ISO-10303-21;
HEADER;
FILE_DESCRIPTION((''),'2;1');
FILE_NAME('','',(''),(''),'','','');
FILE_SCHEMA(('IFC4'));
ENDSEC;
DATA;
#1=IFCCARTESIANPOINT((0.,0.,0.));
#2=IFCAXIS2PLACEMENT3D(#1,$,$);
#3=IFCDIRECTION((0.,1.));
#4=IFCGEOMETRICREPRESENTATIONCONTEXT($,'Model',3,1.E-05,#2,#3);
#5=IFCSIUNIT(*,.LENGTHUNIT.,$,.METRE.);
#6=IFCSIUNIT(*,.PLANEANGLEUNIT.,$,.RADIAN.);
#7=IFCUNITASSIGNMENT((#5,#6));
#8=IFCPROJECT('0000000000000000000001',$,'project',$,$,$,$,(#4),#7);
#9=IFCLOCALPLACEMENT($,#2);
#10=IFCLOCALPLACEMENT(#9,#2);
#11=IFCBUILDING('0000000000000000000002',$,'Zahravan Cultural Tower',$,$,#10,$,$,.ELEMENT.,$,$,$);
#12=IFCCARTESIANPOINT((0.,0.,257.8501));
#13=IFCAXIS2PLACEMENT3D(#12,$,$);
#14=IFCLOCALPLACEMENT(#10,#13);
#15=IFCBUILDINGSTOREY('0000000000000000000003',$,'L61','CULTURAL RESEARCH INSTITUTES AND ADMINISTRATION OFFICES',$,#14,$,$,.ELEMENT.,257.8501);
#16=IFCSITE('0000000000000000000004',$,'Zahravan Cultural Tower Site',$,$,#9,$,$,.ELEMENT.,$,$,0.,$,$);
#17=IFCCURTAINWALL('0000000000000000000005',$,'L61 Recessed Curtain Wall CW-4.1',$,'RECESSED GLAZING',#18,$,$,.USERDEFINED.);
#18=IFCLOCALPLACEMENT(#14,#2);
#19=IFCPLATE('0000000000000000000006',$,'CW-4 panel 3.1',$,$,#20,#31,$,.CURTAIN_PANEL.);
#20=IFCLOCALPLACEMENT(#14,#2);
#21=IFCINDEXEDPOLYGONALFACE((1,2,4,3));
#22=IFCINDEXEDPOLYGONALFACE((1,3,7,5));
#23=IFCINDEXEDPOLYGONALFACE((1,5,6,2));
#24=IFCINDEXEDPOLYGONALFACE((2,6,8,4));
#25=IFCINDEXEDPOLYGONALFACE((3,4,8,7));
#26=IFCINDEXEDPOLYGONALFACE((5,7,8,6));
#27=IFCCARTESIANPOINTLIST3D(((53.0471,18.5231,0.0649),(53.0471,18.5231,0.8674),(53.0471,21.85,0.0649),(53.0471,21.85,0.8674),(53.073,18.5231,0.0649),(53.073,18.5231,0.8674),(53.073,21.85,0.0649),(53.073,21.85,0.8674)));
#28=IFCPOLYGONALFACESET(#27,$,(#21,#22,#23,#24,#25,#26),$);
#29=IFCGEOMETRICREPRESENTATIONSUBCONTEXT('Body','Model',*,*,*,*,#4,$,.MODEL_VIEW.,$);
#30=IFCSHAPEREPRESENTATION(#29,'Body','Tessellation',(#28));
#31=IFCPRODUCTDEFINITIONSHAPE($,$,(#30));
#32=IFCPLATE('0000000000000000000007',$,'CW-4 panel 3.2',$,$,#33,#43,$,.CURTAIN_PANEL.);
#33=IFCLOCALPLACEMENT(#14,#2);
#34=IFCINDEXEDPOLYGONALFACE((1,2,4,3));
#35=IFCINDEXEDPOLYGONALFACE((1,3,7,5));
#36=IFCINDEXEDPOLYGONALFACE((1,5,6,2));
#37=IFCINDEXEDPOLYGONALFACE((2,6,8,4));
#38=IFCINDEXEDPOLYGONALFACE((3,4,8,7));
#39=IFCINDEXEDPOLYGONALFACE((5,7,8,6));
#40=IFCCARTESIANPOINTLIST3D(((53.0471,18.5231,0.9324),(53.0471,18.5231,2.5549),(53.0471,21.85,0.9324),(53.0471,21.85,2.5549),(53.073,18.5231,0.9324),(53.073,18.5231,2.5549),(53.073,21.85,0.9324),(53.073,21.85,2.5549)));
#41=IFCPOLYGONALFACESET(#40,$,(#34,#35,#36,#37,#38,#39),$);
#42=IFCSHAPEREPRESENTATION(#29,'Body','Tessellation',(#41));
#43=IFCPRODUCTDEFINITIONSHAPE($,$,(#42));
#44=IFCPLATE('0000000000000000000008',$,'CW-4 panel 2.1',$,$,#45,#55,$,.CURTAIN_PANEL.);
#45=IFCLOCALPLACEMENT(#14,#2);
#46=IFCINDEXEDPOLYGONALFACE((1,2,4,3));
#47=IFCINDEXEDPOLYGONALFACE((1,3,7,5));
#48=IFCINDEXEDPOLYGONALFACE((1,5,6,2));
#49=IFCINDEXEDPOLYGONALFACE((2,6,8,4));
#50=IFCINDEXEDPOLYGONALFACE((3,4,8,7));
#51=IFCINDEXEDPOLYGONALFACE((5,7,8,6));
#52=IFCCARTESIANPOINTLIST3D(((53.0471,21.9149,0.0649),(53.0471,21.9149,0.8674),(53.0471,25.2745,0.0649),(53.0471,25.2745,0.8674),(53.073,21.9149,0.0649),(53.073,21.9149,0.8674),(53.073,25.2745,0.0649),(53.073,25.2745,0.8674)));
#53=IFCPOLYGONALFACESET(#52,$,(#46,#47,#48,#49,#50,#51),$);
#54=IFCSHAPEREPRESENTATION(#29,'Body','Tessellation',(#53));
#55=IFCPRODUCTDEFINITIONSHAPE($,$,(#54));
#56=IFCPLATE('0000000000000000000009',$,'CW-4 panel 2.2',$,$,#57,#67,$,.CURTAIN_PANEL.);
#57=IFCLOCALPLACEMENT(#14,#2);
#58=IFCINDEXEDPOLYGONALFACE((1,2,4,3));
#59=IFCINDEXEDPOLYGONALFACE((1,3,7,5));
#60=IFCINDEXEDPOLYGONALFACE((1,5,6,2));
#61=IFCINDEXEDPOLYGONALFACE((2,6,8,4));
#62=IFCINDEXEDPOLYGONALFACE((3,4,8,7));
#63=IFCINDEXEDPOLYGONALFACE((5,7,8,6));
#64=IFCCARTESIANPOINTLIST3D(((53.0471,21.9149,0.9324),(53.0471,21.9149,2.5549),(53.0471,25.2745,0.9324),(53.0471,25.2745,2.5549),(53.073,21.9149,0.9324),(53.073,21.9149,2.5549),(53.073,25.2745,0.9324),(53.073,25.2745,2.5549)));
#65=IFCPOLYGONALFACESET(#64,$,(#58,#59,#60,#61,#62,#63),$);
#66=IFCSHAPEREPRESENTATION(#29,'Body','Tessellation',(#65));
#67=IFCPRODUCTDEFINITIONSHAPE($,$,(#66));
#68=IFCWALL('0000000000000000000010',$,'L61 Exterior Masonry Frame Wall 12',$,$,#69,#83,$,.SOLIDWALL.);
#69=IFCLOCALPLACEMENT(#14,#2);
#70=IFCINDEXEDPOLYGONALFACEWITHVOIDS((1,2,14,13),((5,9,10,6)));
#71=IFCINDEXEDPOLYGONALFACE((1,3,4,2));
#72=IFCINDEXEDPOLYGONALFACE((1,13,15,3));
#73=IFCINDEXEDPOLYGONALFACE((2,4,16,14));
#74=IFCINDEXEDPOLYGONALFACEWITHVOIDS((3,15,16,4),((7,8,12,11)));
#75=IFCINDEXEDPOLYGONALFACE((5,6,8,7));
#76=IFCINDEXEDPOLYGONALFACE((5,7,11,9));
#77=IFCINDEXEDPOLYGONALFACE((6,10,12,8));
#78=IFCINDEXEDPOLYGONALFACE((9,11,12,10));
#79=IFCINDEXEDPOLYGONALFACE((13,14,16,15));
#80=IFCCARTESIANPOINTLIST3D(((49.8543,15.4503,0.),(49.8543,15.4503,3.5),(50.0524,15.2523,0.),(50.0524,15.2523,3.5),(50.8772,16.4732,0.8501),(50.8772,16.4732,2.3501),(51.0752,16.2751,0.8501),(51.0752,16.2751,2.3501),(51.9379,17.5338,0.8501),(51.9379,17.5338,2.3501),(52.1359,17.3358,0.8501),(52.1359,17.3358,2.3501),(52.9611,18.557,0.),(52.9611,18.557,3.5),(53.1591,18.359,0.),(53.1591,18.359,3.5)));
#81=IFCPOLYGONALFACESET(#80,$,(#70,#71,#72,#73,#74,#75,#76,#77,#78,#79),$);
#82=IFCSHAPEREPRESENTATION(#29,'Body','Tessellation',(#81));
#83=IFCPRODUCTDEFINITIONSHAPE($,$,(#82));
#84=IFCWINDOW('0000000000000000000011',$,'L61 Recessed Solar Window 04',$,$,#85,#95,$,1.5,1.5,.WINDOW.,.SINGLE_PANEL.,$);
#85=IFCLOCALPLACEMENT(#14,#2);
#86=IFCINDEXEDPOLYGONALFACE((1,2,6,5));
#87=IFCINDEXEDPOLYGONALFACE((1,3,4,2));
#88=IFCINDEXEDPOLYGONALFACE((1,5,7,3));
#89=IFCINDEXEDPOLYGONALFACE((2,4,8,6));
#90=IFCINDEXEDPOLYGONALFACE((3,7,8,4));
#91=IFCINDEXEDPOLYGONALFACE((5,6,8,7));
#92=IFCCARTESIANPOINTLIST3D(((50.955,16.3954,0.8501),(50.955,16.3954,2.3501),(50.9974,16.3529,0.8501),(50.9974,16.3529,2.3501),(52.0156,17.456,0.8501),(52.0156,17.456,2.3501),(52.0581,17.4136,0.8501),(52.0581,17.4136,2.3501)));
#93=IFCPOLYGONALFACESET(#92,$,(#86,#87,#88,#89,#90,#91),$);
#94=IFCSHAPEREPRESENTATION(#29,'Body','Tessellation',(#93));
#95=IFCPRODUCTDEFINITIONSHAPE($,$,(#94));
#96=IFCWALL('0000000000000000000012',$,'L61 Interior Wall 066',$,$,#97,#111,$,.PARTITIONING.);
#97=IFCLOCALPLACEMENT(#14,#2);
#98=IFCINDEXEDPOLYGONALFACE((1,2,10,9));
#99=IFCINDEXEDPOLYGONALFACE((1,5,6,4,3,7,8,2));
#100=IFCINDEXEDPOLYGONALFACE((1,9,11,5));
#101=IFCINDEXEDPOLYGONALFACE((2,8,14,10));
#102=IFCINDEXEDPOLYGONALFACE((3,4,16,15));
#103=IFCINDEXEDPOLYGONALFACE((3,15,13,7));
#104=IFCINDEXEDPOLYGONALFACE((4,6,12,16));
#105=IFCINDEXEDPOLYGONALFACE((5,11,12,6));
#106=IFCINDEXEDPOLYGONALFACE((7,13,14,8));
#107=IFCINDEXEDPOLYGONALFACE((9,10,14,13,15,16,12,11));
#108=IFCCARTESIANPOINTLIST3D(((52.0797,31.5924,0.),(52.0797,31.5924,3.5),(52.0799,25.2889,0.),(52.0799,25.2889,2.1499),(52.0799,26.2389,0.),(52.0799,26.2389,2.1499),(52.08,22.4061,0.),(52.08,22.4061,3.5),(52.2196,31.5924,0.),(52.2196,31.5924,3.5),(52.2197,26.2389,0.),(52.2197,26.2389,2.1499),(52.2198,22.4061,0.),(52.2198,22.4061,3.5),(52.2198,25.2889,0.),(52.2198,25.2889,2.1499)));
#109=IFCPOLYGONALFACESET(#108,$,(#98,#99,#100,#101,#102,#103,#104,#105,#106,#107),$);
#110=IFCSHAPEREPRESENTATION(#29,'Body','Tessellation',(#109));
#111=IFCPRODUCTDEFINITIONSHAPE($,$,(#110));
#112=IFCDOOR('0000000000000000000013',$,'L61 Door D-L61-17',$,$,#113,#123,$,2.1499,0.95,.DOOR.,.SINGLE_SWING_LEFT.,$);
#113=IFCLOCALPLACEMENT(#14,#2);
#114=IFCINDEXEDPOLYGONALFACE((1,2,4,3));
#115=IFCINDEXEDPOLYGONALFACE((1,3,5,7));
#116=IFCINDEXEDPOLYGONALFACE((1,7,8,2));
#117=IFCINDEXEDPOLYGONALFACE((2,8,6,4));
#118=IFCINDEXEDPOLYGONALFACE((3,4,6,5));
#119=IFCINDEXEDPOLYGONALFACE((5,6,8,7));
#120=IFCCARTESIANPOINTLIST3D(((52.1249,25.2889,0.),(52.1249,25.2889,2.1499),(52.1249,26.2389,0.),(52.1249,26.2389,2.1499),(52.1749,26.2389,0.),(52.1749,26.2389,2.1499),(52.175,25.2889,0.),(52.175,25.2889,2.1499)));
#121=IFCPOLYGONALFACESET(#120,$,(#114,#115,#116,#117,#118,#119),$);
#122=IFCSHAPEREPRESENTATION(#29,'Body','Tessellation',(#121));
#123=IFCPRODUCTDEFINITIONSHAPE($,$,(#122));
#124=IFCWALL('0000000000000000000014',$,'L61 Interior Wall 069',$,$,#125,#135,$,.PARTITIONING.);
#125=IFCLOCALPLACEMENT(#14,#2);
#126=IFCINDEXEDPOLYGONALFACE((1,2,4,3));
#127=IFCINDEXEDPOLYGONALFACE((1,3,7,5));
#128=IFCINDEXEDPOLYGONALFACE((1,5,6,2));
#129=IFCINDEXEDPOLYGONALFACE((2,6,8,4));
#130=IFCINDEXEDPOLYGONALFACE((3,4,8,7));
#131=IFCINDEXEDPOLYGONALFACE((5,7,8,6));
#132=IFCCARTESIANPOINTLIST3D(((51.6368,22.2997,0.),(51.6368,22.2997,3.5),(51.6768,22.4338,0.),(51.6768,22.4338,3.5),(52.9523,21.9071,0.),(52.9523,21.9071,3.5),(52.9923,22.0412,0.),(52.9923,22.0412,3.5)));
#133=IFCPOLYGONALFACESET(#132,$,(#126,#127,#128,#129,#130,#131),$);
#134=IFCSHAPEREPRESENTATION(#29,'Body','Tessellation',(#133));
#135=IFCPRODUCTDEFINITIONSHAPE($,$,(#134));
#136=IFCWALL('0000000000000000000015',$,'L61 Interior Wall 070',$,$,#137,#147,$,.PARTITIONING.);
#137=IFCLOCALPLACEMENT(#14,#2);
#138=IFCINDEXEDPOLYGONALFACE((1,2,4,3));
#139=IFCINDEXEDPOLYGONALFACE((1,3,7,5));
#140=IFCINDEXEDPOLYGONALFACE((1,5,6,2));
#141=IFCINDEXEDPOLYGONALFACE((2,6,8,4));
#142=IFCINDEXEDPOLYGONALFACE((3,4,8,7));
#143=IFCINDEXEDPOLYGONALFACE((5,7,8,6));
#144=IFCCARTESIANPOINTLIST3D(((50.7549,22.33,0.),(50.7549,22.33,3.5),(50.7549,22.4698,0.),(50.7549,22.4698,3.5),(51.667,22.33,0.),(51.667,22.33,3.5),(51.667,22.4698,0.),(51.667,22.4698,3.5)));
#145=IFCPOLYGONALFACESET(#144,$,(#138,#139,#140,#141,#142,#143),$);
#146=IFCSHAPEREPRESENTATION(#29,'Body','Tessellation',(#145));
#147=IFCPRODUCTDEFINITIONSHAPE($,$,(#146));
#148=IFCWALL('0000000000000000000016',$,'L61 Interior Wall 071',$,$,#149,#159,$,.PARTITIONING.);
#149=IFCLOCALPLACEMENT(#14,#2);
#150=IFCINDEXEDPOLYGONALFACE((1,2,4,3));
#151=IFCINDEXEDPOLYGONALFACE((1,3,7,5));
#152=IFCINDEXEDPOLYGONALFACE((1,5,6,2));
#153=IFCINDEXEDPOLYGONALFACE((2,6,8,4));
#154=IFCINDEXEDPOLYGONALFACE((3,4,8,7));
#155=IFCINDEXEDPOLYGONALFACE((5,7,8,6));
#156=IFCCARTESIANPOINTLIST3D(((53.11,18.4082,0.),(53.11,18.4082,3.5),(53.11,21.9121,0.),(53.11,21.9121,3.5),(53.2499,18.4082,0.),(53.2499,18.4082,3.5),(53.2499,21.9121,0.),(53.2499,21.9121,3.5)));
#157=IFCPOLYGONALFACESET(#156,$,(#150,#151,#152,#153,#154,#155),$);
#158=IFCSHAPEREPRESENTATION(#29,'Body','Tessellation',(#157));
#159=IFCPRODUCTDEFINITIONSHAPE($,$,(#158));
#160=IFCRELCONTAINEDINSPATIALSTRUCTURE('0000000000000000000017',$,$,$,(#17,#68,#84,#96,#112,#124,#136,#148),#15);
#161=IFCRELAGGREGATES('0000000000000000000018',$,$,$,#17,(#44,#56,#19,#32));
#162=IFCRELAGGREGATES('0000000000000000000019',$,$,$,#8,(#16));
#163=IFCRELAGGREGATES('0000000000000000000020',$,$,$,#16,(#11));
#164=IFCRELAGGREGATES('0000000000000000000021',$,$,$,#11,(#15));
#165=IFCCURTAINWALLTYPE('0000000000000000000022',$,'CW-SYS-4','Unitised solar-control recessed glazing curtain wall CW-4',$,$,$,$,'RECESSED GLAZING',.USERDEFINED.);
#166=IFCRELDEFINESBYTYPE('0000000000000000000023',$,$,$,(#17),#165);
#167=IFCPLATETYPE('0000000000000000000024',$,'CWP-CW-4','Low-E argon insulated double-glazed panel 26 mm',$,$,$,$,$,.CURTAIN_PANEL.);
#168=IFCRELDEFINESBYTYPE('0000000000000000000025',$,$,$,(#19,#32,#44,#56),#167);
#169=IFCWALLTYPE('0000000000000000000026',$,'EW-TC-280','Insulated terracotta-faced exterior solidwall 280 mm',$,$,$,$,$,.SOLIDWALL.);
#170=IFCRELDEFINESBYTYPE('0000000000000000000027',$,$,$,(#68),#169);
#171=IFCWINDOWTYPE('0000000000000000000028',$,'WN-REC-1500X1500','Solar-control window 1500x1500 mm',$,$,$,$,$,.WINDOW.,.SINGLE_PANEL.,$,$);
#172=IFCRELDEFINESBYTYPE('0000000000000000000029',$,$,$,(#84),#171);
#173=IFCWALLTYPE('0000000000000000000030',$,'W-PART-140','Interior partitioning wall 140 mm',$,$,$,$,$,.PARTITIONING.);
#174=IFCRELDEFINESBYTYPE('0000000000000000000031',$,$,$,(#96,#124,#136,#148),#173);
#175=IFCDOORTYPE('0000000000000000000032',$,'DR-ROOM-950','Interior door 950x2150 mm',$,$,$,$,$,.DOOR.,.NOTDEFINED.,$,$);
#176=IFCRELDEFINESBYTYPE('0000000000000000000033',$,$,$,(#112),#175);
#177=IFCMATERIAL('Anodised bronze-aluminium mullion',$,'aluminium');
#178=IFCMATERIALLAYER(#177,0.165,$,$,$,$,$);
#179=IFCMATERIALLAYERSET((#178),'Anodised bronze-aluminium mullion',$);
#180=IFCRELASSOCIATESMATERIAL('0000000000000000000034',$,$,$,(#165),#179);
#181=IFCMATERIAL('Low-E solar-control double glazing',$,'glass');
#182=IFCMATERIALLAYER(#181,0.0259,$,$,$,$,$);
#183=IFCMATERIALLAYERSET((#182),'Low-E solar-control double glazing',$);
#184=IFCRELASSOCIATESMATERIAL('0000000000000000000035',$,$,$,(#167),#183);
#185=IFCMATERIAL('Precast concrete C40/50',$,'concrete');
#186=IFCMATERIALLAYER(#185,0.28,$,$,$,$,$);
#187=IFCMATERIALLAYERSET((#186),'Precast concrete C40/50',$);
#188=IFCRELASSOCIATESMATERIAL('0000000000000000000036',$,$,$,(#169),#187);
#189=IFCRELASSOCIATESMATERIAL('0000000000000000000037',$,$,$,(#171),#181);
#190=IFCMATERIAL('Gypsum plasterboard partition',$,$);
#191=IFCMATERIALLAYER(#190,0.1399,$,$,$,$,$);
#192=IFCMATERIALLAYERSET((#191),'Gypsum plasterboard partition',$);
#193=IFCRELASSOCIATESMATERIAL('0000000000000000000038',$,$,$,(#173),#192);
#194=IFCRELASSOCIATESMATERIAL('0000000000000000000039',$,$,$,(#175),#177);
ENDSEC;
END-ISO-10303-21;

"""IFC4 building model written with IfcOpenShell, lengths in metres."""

from ifc_helpers import new_model, si_unit, direction, frame, frame_2d, origin, origin_2d, place, context, subcontext, project, spatial, rectangle, extrude, source, transform, mapped, material, layer, layer_set, type_object, element, fill, aggregate, save


model = new_model("IFC4")

# Units and contexts
model_context = context("Model", 3, precision=1e-05, world=origin(), true_north=direction((0.0, 1.0)))
body_context = subcontext(model_context, "Body", "Model", "MODEL_VIEW")
ifc_project = project(units=[si_unit("LENGTHUNIT", "METRE"), si_unit("PLANEANGLEUNIT", "RADIAN")], contexts=[model_context])

# Site, building, storey
site_placement = place(None, origin())
site = spatial("IfcSite", under=ifc_project, at=site_placement, Name="Zahravan Cultural Tower Site", CompositionType="ELEMENT", RefElevation=0.0)
building_placement = place(site_placement, origin())
building = spatial("IfcBuilding", under=site, at=building_placement, Name="Zahravan Cultural Tower", CompositionType="ELEMENT")
storey_placement = place(building_placement, frame((0.0, 0.0, 257.8501)))
storey = spatial("IfcBuildingStorey", under=building, at=storey_placement, Name="L61", Description="CULTURAL RESEARCH INSTITUTES AND ADMINISTRATION OFFICES", CompositionType="ELEMENT", Elevation=257.8501)

# Curtain wall, plates
ifc_material_1 = material(Name="Anodised bronze-aluminium mullion", Category="aluminium")
ifc_layer_1 = layer(ifc_material_1, 0.165)
ifc_layer_set_1 = layer_set([ifc_layer_1], Name="Anodised bronze-aluminium mullion")
curtain_wall_type = type_object("IfcCurtainWallType", Name="CW-SYS-4", Description="Unitised solar-control recessed glazing curtain wall CW-4", ElementType="RECESSED GLAZING", PredefinedType="USERDEFINED", material=ifc_layer_set_1)
curtain_wall_placement = place(storey_placement, origin())
curtain_wall = element("IfcCurtainWall", 1, at=curtain_wall_placement, inside=storey, type_object=curtain_wall_type, Name="L61 Recessed Curtain Wall CW-4.1", ObjectType="RECESSED GLAZING", PredefinedType="USERDEFINED")
ifc_material_2 = material(Name="Low-E solar-control double glazing", Category="glass")
ifc_layer_2 = layer(ifc_material_2, 0.0259)
ifc_layer_set_2 = layer_set([ifc_layer_2], Name="Low-E solar-control double glazing")
plate_type = type_object("IfcPlateType", Name="CWP-CW-4", Description="Low-E argon insulated double-glazed panel 26 mm", PredefinedType="CURTAIN_PANEL", material=ifc_layer_set_2)
shared_shape_1 = source(origin(), body_context, "Body", "SweptSolid", [
    extrude(rectangle(XDim=3.3269, YDim=0.0259, at=origin_2d()), origin(), (0.0, 0.0, 1.0), 0.8025),
])
plate_1_placement = place(storey_placement, frame((53.0601, 20.1865, 0.0649), z_axis=(0.0, 0.0, 1.0), x_axis=(0.0, -1.0, 0.0)))
plate_1 = element("IfcPlate", 2, at=plate_1_placement, type_object=plate_type, Name="CW-4 panel 3.1", PredefinedType="CURTAIN_PANEL", context=body_context, shape_type="MappedRepresentation", body=[
    mapped(shared_shape_1, transform((0.0, 0.0, 0.0), x_axis=(1.0, 0.0, 0.0), y_axis=(0.0, 1.0, 0.0), z_axis=(0.0, 0.0, 1.0), scale=1.0)),
])
shared_shape_2 = source(origin(), body_context, "Body", "SweptSolid", [
    extrude(rectangle(XDim=3.3269, YDim=0.0259, at=origin_2d()), origin(), (0.0, 0.0, 1.0), 1.6226),
])
plate_2_placement = place(storey_placement, frame((53.0601, 20.1865, 0.9324), z_axis=(0.0, 0.0, 1.0), x_axis=(0.0, -1.0, 0.0)))
plate_2 = element("IfcPlate", 3, at=plate_2_placement, type_object=plate_type, Name="CW-4 panel 3.2", PredefinedType="CURTAIN_PANEL", context=body_context, shape_type="MappedRepresentation", body=[
    mapped(shared_shape_2, transform((0.0, 0.0, 0.0), x_axis=(1.0, 0.0, 0.0), y_axis=(0.0, 1.0, 0.0), z_axis=(0.0, 0.0, 1.0), scale=1.0)),
])
shared_shape_3 = source(origin(), body_context, "Body", "SweptSolid", [
    extrude(rectangle(XDim=3.3596, YDim=0.0259, at=origin_2d()), origin(), (0.0, 0.0, 1.0), 0.8025),
])
plate_3_placement = place(storey_placement, frame((53.0601, 23.5947, 0.0649), z_axis=(0.0, 0.0, 1.0), x_axis=(0.0, -1.0, 0.0)))
plate_3 = element("IfcPlate", 4, at=plate_3_placement, type_object=plate_type, Name="CW-4 panel 2.1", PredefinedType="CURTAIN_PANEL", context=body_context, shape_type="MappedRepresentation", body=[
    mapped(shared_shape_3, transform((0.0, 0.0, 0.0), x_axis=(1.0, 0.0, 0.0), y_axis=(0.0, 1.0, 0.0), z_axis=(0.0, 0.0, 1.0), scale=1.0)),
])
shared_shape_4 = source(origin(), body_context, "Body", "SweptSolid", [
    extrude(rectangle(XDim=3.3596, YDim=0.0259, at=origin_2d()), origin(), (0.0, 0.0, 1.0), 1.6226),
])
plate_4_placement = place(storey_placement, frame((53.0601, 23.5947, 0.9324), z_axis=(0.0, 0.0, 1.0), x_axis=(0.0, -1.0, 0.0)))
plate_4 = element("IfcPlate", 5, at=plate_4_placement, type_object=plate_type, Name="CW-4 panel 2.2", PredefinedType="CURTAIN_PANEL", context=body_context, shape_type="MappedRepresentation", body=[
    mapped(shared_shape_4, transform((0.0, 0.0, 0.0), x_axis=(1.0, 0.0, 0.0), y_axis=(0.0, 1.0, 0.0), z_axis=(0.0, 0.0, 1.0), scale=1.0)),
])
aggregate(curtain_wall, [plate_3, plate_4, plate_1, plate_2])

# Wall, opening, window
ifc_material_3 = material(Name="Precast concrete C40/50", Category="concrete")
ifc_layer_3 = layer(ifc_material_3, 0.28)
ifc_layer_set_3 = layer_set([ifc_layer_3], Name="Precast concrete C40/50")
wall_type_1 = type_object("IfcWallType", Name="EW-TC-280", Description="Insulated terracotta-faced exterior solidwall 280 mm", PredefinedType="SOLIDWALL", material=ifc_layer_set_3)
wall_1_placement = place(storey_placement, frame((53.0601, 18.458, 0.0), z_axis=(0.0, 0.0, 1.0), x_axis=(-0.707107, -0.707107, 0.0)))
wall_1 = element("IfcWall", 6, at=wall_1_placement, inside=storey, type_object=wall_type_1, Name="L61 Exterior Masonry Frame Wall 12", PredefinedType="SOLIDWALL", context=body_context, shape_type="SweptSolid", body=[
    extrude(rectangle(XDim=4.3936, YDim=0.28, at=frame_2d((2.1968, 0.0))), origin(), (0.0, 0.0, 1.0), 3.5),
])
opening_1_placement = place(wall_1_placement, frame((1.447, 0.0, 0.8501)))
opening_1 = element("IfcOpeningElement", 7, at=opening_1_placement, cuts=wall_1, PredefinedType="OPENING", context=body_context, shape_type="SweptSolid", body=[
    extrude(rectangle(XDim=1.5, YDim=1.5, at=frame_2d((0.75, 0.75))), frame((0.0, 0.1499, 0.0), z_axis=(0.0, -1.0, 0.0), x_axis=(1.0, 0.0, 0.0)), (0.0, 0.0, 1.0), 0.3),
])
window_type = type_object("IfcWindowType", Name="WN-REC-1500X1500", Description="Solar-control window 1500x1500 mm", PartitioningType="SINGLE_PANEL", PredefinedType="WINDOW", material=ifc_material_2)
shared_shape_5 = source(origin(), body_context, "Body", "SweptSolid", [
    extrude(rectangle(XDim=1.5, YDim=1.5, at=frame_2d((0.75, 0.75))), frame((0.0, 0.03, 0.0), z_axis=(0.0, -1.0, 0.0), x_axis=(1.0, 0.0, 0.0)), (0.0, 0.0, 1.0), 0.0601),
])
window_placement = place(opening_1_placement, origin())
window = element("IfcWindow", 8, at=window_placement, inside=storey, type_object=window_type, Name="L61 Recessed Solar Window 04", OverallHeight=1.5, OverallWidth=1.5, PartitioningType="SINGLE_PANEL", PredefinedType="WINDOW", context=body_context, shape_type="MappedRepresentation", body=[
    mapped(shared_shape_5, transform((0.0, 0.0, 0.0), x_axis=(1.0, 0.0, 0.0), y_axis=(0.0, 1.0, 0.0), z_axis=(0.0, 0.0, 1.0), scale=1.0)),
])
fill(opening_1, window)

# Wall, opening, door
ifc_material_4 = material(Name="Gypsum plasterboard partition")
ifc_layer_4 = layer(ifc_material_4, 0.1399)
ifc_layer_set_4 = layer_set([ifc_layer_4], Name="Gypsum plasterboard partition")
wall_type_2 = type_object("IfcWallType", Name="W-PART-140", Description="Interior partitioning wall 140 mm", PredefinedType="PARTITIONING", material=ifc_layer_set_4)
wall_2_placement = place(storey_placement, frame((52.1499, 22.406, 0.0), z_axis=(0.0, 0.0, 1.0), x_axis=(-0.000027, 1.0, 0.0)))
wall_2 = element("IfcWall", 9, at=wall_2_placement, inside=storey, type_object=wall_type_2, Name="L61 Interior Wall 066", PredefinedType="PARTITIONING", context=body_context, shape_type="SweptSolid", body=[
    extrude(rectangle(XDim=9.1863, YDim=0.1399, at=frame_2d((4.5933, 0.0))), origin(), (0.0, 0.0, 1.0), 3.5),
])
opening_2_placement = place(wall_2_placement, frame((2.8828, 0.0, 0.0)))
opening_2 = element("IfcOpeningElement", 10, at=opening_2_placement, cuts=wall_2, PredefinedType="OPENING", context=body_context, shape_type="SweptSolid", body=[
    extrude(rectangle(XDim=0.95, YDim=2.1499, at=frame_2d((0.4751, 1.075))), frame((0.0, 0.0798, 0.0), z_axis=(0.0, -1.0, 0.0), x_axis=(1.0, 0.0, 0.0)), (0.0, 0.0, 1.0), 0.1599),
])
door_type = type_object("IfcDoorType", Name="DR-ROOM-950", Description="Interior door 950x2150 mm", OperationType="NOTDEFINED", PredefinedType="DOOR", material=ifc_material_1)
shared_shape_6 = source(origin(), body_context, "Body", "SweptSolid", [
    extrude(rectangle(XDim=0.95, YDim=2.1499, at=frame_2d((0.4751, 1.075))), frame((0.0, 0.0249, 0.0), z_axis=(0.0, -1.0, 0.0), x_axis=(1.0, 0.0, 0.0)), (0.0, 0.0, 1.0), 0.05),
])
door_placement = place(opening_2_placement, origin())
door = element("IfcDoor", 11, at=door_placement, inside=storey, type_object=door_type, Name="L61 Door D-L61-17", OperationType="SINGLE_SWING_LEFT", OverallHeight=2.1499, OverallWidth=0.95, PredefinedType="DOOR", context=body_context, shape_type="MappedRepresentation", body=[
    mapped(shared_shape_6, transform((0.0, 0.0, 0.0), x_axis=(1.0, 0.0, 0.0), y_axis=(0.0, 1.0, 0.0), z_axis=(0.0, 0.0, 1.0), scale=1.0)),
])
fill(opening_2, door)

# Walls
shared_shape_7 = source(origin(), body_context, "Body", "SweptSolid", [
    extrude(rectangle(XDim=1.3728, YDim=0.1399, at=frame_2d((0.6865, 0.0))), origin(), (0.0, 0.0, 1.0), 3.5),
])
wall_3_placement = place(storey_placement, frame((52.9724, 21.9741, 0.0), z_axis=(0.0, 0.0, 1.0), x_axis=(-0.958236, 0.285977, 0.0)))
element("IfcWall", 12, at=wall_3_placement, inside=storey, type_object=wall_type_2, Name="L61 Interior Wall 069", PredefinedType="PARTITIONING", context=body_context, shape_type="MappedRepresentation", body=[
    mapped(shared_shape_7, transform((0.0, 0.0, 0.0), x_axis=(1.0, 0.0, 0.0), y_axis=(0.0, 1.0, 0.0), z_axis=(0.0, 0.0, 1.0), scale=1.0)),
])
shared_shape_8 = source(origin(), body_context, "Body", "SweptSolid", [
    extrude(rectangle(XDim=0.9121, YDim=0.1399, at=frame_2d((0.4561, 0.0))), origin(), (0.0, 0.0, 1.0), 3.5),
])
wall_4_placement = place(storey_placement, frame((50.7549, 22.3999, 0.0), z_axis=(0.0, 0.0, 1.0), x_axis=(1.0, 0.0, 0.0)))
element("IfcWall", 13, at=wall_4_placement, inside=storey, type_object=wall_type_2, Name="L61 Interior Wall 070", PredefinedType="PARTITIONING", context=body_context, shape_type="MappedRepresentation", body=[
    mapped(shared_shape_8, transform((0.0, 0.0, 0.0), x_axis=(1.0, 0.0, 0.0), y_axis=(0.0, 1.0, 0.0), z_axis=(0.0, 0.0, 1.0), scale=1.0)),
])
shared_shape_9 = source(origin(), body_context, "Body", "SweptSolid", [
    extrude(rectangle(XDim=3.5039, YDim=0.1399, at=frame_2d((1.752, 0.0))), origin(), (0.0, 0.0, 1.0), 3.5),
])
wall_5_placement = place(storey_placement, frame((53.1799, 21.9121, 0.0), z_axis=(0.0, 0.0, 1.0), x_axis=(0.0, -1.0, 0.0)))
element("IfcWall", 14, at=wall_5_placement, inside=storey, type_object=wall_type_2, Name="L61 Interior Wall 071", PredefinedType="PARTITIONING", context=body_context, shape_type="MappedRepresentation", body=[
    mapped(shared_shape_9, transform((0.0, 0.0, 0.0), x_axis=(1.0, 0.0, 0.0), y_axis=(0.0, 1.0, 0.0), z_axis=(0.0, 0.0, 1.0), scale=1.0)),
])

save(model, "model.ifc")
